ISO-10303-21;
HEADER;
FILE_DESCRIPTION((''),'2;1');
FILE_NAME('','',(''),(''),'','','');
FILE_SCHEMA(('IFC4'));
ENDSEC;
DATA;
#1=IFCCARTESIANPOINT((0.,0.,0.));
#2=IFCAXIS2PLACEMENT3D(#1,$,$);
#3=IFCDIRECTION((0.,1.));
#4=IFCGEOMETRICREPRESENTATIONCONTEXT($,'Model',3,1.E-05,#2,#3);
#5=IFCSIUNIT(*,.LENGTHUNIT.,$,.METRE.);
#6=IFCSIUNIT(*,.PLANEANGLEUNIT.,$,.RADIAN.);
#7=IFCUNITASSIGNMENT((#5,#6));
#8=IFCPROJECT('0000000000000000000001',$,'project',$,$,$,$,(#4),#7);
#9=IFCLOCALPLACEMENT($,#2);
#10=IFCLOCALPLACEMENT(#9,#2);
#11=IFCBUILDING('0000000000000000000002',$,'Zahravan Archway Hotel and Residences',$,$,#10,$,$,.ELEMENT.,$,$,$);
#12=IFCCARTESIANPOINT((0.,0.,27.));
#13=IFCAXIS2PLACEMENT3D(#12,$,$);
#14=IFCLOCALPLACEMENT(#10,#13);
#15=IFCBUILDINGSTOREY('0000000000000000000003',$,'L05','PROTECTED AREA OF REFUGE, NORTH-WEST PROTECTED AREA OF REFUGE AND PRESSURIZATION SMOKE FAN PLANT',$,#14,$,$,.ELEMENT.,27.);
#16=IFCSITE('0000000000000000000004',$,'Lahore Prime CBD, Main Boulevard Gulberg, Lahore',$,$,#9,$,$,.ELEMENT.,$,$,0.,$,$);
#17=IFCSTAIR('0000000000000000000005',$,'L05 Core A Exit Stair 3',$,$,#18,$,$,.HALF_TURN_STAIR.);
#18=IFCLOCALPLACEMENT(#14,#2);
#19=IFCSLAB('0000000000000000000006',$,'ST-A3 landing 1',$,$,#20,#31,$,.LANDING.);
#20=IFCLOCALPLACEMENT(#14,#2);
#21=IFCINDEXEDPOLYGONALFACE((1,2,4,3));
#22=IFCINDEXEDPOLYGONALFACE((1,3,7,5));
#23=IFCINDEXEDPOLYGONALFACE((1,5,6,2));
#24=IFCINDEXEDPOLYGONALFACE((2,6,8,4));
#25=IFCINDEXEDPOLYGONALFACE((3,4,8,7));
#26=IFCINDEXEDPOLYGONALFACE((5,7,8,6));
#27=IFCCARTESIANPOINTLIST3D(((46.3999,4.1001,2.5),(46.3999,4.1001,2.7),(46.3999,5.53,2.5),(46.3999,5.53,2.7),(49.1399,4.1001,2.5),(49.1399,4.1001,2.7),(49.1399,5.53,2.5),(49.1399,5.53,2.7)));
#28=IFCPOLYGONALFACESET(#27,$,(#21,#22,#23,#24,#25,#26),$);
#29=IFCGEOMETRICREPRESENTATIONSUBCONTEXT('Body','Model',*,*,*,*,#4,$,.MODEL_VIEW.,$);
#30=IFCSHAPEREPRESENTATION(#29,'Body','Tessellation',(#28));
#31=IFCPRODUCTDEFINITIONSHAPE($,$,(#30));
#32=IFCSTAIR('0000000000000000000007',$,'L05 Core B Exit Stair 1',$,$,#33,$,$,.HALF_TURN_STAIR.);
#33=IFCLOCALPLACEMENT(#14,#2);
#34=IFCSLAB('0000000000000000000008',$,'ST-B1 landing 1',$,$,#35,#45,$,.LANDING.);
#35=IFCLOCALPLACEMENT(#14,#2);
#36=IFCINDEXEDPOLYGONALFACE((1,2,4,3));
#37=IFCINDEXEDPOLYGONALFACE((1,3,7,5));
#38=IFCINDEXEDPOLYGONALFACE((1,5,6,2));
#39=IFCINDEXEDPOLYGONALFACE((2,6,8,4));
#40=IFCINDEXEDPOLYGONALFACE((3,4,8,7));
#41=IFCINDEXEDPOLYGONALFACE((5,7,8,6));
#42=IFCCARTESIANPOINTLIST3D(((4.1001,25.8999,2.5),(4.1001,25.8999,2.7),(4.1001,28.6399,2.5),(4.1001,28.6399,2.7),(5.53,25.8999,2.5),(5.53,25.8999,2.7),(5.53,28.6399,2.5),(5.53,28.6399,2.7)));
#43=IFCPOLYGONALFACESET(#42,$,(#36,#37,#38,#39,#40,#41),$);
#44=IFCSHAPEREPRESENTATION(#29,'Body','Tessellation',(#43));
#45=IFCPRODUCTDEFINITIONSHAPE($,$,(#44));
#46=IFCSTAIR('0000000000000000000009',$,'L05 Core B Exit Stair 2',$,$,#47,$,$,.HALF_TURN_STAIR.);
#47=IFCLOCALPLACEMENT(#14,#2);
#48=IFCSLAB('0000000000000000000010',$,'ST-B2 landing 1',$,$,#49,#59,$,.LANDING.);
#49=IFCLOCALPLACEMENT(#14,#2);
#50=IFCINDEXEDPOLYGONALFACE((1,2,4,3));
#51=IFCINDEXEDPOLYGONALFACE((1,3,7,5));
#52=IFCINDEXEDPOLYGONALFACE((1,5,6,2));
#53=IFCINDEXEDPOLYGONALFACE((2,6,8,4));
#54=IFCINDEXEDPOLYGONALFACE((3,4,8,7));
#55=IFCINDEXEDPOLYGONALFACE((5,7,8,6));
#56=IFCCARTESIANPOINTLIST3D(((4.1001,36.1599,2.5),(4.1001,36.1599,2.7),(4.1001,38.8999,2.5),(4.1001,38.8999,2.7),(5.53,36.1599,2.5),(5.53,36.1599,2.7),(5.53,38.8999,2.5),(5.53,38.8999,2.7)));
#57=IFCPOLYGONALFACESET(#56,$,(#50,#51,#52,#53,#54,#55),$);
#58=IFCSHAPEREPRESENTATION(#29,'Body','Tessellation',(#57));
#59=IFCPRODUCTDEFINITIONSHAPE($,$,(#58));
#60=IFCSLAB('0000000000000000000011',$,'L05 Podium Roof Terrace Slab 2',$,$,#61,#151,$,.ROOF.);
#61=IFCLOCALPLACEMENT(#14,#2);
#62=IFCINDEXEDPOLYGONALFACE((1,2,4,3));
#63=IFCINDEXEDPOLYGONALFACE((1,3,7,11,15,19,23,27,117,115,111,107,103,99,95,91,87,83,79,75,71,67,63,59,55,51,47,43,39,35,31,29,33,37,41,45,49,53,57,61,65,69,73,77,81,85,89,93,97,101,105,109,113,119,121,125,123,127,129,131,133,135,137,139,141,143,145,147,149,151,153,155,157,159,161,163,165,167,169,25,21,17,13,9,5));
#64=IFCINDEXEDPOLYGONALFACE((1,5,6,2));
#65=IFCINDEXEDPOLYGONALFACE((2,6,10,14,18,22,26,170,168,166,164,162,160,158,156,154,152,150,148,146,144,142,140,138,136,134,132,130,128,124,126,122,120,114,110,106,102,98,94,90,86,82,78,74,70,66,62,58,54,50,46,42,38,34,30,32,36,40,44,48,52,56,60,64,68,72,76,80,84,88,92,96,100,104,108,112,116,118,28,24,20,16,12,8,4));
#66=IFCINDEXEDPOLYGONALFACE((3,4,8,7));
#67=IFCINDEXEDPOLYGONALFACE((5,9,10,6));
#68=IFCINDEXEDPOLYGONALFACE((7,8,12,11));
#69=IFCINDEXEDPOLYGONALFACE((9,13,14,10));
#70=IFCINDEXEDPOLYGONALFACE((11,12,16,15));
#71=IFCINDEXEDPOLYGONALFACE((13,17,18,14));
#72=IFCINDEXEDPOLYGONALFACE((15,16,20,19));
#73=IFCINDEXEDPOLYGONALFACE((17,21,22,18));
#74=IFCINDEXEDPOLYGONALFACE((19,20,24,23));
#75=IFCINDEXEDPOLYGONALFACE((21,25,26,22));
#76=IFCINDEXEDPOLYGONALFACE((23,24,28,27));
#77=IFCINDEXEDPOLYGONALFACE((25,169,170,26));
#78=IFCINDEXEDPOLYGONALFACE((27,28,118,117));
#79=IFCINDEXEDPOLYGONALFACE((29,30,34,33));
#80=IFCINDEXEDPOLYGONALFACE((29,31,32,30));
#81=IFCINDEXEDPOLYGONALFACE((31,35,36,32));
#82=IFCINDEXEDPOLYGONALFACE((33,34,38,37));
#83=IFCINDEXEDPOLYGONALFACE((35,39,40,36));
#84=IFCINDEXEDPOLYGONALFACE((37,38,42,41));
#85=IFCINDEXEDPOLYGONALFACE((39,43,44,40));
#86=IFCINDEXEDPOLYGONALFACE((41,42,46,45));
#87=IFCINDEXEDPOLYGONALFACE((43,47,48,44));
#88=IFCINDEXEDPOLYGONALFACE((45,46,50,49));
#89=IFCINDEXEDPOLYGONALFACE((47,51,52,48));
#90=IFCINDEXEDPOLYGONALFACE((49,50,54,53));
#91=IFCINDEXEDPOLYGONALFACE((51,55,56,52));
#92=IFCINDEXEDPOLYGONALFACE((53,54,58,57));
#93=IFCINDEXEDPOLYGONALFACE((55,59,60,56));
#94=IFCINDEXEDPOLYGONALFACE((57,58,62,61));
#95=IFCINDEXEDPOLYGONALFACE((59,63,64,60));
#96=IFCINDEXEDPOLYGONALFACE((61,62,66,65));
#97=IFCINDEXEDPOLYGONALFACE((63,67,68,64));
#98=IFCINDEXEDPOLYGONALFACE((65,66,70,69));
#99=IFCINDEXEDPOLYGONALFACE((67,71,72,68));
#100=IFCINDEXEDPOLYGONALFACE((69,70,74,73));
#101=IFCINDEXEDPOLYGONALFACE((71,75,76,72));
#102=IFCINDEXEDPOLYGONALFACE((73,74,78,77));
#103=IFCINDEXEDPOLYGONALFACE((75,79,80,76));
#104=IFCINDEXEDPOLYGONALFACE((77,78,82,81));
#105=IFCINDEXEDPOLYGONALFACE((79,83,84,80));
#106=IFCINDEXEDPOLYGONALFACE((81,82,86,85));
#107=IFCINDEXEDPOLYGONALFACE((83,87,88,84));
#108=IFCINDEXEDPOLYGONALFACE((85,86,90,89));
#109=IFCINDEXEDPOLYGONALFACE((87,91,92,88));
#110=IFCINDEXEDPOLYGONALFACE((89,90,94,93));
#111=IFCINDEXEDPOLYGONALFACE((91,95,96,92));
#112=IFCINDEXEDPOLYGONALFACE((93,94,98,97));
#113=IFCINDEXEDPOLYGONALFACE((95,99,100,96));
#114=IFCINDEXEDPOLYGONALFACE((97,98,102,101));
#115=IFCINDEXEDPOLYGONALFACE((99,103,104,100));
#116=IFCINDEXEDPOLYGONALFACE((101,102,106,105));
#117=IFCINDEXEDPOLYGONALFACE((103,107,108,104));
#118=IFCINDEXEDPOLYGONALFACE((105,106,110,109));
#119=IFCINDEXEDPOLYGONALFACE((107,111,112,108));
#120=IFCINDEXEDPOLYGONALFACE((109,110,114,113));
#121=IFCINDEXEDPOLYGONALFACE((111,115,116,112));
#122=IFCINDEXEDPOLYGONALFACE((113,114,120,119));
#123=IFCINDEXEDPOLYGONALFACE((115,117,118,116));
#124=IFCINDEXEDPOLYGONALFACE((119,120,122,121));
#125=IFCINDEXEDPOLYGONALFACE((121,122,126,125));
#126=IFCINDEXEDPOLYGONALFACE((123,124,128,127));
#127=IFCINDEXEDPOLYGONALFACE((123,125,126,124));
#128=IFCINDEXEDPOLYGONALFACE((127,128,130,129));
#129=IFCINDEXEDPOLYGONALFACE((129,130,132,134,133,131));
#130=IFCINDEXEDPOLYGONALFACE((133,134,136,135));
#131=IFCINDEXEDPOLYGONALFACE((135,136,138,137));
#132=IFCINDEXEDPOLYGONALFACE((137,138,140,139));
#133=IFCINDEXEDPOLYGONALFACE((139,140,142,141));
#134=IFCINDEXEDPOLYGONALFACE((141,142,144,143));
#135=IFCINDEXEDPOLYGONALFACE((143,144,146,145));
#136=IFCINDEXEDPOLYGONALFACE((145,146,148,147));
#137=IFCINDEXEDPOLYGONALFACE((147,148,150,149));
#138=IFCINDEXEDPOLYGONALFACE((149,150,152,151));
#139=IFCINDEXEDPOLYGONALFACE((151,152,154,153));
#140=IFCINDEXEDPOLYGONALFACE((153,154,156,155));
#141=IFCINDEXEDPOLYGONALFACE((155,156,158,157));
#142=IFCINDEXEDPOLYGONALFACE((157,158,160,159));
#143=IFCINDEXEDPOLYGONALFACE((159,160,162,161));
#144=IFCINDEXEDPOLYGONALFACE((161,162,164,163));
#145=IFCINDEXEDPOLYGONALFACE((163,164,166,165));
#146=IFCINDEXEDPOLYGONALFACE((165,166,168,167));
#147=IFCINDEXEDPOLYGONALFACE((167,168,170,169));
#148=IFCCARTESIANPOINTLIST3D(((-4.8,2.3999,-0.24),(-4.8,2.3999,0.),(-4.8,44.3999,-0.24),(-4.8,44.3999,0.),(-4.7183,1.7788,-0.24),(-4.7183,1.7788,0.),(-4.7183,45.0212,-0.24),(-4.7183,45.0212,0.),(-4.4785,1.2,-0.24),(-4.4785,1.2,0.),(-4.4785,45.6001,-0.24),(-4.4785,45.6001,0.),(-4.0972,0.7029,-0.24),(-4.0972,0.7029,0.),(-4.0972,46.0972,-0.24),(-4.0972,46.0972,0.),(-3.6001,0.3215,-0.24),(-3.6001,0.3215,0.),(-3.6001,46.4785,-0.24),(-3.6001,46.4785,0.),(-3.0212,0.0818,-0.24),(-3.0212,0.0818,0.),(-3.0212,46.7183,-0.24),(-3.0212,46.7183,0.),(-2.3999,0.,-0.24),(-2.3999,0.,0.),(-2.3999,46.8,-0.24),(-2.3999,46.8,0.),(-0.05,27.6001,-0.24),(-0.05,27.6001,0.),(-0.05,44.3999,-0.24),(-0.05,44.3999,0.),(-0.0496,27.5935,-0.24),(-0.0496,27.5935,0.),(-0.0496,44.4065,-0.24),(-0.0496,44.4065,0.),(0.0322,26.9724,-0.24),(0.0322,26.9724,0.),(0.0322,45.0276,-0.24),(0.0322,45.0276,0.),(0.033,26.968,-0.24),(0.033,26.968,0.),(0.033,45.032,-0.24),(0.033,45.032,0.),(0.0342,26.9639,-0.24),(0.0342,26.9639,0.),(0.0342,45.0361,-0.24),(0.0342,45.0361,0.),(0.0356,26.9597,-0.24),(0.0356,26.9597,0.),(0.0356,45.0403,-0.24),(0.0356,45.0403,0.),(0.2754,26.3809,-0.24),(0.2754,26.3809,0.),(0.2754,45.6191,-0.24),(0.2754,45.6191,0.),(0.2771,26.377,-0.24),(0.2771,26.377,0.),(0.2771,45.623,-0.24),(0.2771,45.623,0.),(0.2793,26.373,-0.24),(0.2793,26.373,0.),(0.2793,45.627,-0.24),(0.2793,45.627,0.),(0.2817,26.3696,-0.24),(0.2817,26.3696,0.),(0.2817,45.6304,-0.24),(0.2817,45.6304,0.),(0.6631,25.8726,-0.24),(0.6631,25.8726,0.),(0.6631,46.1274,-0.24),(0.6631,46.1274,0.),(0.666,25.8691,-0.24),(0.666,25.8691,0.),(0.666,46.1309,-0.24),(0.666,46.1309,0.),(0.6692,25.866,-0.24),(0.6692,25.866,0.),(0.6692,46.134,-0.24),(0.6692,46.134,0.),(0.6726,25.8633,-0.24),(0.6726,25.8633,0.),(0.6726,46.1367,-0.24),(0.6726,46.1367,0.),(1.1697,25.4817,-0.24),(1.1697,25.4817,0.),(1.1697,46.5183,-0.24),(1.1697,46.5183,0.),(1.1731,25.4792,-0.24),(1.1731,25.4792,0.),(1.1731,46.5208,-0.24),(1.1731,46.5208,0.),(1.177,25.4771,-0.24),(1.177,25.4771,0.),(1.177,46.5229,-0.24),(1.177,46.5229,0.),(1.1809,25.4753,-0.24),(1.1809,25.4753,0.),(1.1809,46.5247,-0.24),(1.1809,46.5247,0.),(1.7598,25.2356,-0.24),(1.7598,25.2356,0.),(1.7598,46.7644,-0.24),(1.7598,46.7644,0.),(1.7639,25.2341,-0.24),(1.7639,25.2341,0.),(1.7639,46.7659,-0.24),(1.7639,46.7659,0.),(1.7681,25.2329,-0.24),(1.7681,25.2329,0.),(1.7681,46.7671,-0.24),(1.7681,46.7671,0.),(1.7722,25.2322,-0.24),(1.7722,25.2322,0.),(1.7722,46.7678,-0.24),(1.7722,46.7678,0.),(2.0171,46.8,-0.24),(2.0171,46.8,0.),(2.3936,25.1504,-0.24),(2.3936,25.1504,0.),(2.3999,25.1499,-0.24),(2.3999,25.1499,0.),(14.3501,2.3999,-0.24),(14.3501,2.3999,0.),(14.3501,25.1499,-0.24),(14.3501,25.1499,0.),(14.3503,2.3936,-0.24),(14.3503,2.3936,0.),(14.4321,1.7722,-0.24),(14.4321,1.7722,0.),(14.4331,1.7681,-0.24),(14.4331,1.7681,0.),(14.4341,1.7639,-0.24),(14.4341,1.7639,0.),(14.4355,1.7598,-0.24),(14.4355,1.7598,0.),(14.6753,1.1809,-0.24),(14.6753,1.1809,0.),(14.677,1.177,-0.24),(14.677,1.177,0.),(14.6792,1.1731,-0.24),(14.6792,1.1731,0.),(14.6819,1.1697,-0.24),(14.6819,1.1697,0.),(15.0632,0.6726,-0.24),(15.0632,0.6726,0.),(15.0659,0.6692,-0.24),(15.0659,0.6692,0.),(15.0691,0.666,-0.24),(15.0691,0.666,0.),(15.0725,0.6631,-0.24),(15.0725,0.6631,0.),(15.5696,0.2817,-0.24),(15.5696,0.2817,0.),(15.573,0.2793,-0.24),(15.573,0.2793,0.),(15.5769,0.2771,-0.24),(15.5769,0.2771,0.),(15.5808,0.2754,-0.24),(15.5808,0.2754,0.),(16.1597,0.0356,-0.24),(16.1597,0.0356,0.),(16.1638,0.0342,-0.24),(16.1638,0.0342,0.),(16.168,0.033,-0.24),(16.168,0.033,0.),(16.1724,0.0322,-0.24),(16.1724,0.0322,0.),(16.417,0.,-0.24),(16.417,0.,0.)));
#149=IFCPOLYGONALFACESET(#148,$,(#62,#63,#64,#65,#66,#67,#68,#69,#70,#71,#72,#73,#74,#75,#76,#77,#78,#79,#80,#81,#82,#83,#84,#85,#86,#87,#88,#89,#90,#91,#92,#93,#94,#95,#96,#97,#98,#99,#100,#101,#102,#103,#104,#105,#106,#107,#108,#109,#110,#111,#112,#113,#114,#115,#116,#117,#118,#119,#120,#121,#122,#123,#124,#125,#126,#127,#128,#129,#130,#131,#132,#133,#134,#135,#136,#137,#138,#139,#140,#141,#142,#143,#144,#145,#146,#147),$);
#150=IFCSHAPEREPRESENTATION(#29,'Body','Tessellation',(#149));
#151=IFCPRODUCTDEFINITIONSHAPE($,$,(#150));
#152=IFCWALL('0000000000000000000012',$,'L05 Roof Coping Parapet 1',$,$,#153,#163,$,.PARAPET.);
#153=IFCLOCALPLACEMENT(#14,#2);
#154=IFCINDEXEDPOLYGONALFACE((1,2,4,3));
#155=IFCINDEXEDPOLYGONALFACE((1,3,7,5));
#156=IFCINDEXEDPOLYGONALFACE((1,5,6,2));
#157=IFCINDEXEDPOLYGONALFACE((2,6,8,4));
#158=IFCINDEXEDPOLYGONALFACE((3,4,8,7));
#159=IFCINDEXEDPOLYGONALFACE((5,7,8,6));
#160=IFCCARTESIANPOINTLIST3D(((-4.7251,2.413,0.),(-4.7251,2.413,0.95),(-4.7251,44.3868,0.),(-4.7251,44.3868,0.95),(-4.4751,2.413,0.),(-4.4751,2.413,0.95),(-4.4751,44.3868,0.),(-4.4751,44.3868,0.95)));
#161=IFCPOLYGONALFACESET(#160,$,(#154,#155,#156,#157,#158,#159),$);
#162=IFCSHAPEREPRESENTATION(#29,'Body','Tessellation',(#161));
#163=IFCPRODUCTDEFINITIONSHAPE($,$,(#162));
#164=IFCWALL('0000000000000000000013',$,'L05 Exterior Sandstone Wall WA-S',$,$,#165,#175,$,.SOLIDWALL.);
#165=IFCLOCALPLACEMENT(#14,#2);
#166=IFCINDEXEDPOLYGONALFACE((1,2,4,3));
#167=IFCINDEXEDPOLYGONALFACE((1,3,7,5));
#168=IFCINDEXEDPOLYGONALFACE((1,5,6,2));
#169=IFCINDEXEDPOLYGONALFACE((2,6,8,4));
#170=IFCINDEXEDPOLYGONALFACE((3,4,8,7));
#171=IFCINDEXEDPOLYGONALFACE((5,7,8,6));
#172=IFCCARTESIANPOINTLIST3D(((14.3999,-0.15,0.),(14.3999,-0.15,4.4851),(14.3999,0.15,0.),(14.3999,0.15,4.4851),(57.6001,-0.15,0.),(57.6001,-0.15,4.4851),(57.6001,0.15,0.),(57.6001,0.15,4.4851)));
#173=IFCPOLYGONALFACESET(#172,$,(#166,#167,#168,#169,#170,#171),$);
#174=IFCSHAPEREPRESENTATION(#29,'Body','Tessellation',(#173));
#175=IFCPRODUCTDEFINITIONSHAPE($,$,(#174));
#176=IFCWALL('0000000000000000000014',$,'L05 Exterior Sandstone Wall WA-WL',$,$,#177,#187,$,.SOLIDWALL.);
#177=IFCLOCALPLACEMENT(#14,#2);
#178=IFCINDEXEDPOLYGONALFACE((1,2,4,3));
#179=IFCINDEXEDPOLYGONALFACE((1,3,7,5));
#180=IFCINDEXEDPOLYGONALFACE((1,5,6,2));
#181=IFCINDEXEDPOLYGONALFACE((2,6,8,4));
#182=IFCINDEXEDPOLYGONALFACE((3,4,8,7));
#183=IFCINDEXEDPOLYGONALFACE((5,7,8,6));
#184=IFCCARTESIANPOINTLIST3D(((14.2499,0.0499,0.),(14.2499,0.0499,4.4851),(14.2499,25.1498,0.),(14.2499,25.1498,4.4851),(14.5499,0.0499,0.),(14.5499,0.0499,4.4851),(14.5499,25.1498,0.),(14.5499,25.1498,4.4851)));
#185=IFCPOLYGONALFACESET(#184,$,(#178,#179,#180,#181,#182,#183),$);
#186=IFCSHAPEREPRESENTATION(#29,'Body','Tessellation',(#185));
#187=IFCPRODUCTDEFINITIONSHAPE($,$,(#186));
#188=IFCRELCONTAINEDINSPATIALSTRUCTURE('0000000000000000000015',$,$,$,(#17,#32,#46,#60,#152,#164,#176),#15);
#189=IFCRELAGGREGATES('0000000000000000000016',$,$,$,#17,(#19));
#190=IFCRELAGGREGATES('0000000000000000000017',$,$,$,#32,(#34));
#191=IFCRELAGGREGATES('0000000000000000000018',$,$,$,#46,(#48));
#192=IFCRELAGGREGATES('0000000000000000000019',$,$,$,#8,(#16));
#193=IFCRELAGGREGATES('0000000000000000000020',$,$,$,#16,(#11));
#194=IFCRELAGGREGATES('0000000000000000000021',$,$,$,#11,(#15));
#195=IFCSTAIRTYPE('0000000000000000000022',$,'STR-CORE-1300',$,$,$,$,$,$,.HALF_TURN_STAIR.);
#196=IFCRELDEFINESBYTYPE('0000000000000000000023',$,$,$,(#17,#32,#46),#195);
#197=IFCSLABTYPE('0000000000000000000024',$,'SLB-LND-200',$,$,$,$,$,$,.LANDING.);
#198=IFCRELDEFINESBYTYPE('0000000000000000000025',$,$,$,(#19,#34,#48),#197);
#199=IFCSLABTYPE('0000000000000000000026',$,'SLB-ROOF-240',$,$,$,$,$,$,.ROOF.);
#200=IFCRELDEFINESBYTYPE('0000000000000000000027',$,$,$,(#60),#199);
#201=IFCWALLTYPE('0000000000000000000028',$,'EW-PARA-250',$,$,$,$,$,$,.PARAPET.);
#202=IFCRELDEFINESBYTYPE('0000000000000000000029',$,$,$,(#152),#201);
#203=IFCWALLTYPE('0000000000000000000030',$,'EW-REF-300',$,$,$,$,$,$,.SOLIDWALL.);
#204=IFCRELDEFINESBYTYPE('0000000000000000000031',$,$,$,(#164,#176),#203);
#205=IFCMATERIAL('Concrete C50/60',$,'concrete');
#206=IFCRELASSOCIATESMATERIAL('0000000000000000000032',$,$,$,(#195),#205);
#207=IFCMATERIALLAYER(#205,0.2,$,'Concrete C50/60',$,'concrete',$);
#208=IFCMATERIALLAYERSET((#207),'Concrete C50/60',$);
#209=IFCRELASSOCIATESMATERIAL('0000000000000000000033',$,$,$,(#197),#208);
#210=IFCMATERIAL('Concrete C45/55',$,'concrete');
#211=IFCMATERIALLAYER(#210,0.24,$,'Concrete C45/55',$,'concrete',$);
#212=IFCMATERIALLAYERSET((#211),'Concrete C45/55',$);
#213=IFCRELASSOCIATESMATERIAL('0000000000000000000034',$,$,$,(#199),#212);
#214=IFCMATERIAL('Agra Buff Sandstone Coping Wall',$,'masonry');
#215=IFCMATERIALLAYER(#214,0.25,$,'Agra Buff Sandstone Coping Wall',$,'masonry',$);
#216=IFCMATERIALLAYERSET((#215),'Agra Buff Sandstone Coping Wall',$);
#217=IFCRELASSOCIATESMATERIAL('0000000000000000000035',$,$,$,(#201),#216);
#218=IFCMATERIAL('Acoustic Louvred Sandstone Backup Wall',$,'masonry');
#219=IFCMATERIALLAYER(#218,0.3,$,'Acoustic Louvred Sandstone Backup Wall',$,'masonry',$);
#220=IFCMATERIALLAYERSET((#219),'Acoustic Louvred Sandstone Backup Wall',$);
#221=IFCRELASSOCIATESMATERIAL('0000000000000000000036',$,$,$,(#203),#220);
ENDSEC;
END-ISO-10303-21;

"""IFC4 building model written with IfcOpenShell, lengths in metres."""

from ifc_helpers import new_model, si_unit, direction, frame, frame_2d, origin, place, context, subcontext, project, spatial, polyline, rectangle, outline, extrude, material, layer, layer_set, type_object, element, aggregate, save


model = new_model("IFC4")

# Units and contexts
model_context = context("Model", 3, precision=1e-05, world=origin(), true_north=direction((0.0, 1.0)))
body_context = subcontext(model_context, "Body", "Model", "MODEL_VIEW")
ifc_project = project(units=[si_unit("LENGTHUNIT", "METRE"), si_unit("PLANEANGLEUNIT", "RADIAN")], contexts=[model_context])

# Site, building, storey
site_placement = place(None, origin())
site = spatial("IfcSite", under=ifc_project, at=site_placement, Name="Lahore Prime CBD, Main Boulevard Gulberg, Lahore", CompositionType="ELEMENT", RefElevation=0.0)
building_placement = place(site_placement, origin())
building = spatial("IfcBuilding", under=site, at=building_placement, Name="Zahravan Archway Hotel and Residences", CompositionType="ELEMENT")
storey_placement = place(building_placement, frame((0.0, 0.0, 27.0)))
storey = spatial("IfcBuildingStorey", under=building, at=storey_placement, Name="L05", Description="PROTECTED AREA OF REFUGE, NORTH-WEST PROTECTED AREA OF REFUGE AND PRESSURIZATION SMOKE FAN PLANT", CompositionType="ELEMENT", Elevation=27.0)

# Shared definitions
ifc_material_1 = material(Name="Concrete C50/60", Category="concrete")

# Stairs, slabs
stair_type = type_object("IfcStairType", Name="STR-CORE-1300", PredefinedType="HALF_TURN_STAIR", material=ifc_material_1)
ifc_layer_1 = layer(ifc_material_1, 0.2, Name="Concrete C50/60", Category="concrete")
ifc_layer_set_1 = layer_set([ifc_layer_1], Name="Concrete C50/60")
slab_type_1 = type_object("IfcSlabType", Name="SLB-LND-200", PredefinedType="LANDING", material=ifc_layer_set_1)
stair_1_placement = place(storey_placement, origin())
stair_1 = element("IfcStair", 1, at=stair_1_placement, inside=storey, type_object=stair_type, Name="L05 Core A Exit Stair 3", PredefinedType="HALF_TURN_STAIR")
slab_1_placement = place(storey_placement, frame((0.0, 0.0, 2.5)))
slab_1 = element("IfcSlab", 2, at=slab_1_placement, type_object=slab_type_1, Name="ST-A3 landing 1", PredefinedType="LANDING", context=body_context, shape_type="SweptSolid", body=[
    extrude(outline(polyline([(46.3999, 5.53), (46.3999, 4.1001), (49.1399, 4.1001), (49.1399, 5.53), (46.3999, 5.53)])), origin(), (0.0, 0.0, 1.0), 0.2),
])
aggregate(stair_1, [slab_1])
stair_2_placement = place(storey_placement, origin())
stair_2 = element("IfcStair", 3, at=stair_2_placement, inside=storey, type_object=stair_type, Name="L05 Core B Exit Stair 1", PredefinedType="HALF_TURN_STAIR")
slab_2_placement = place(storey_placement, frame((0.0, 0.0, 2.5)))
slab_2 = element("IfcSlab", 4, at=slab_2_placement, type_object=slab_type_1, Name="ST-B1 landing 1", PredefinedType="LANDING", context=body_context, shape_type="SweptSolid", body=[
    extrude(outline(polyline([(5.53, 28.6399), (4.1001, 28.6399), (4.1001, 25.8999), (5.53, 25.8999), (5.53, 28.6399)])), origin(), (0.0, 0.0, 1.0), 0.2),
])
aggregate(stair_2, [slab_2])
stair_3_placement = place(storey_placement, origin())
stair_3 = element("IfcStair", 5, at=stair_3_placement, inside=storey, type_object=stair_type, Name="L05 Core B Exit Stair 2", PredefinedType="HALF_TURN_STAIR")
slab_3_placement = place(storey_placement, frame((0.0, 0.0, 2.5)))
slab_3 = element("IfcSlab", 6, at=slab_3_placement, type_object=slab_type_1, Name="ST-B2 landing 1", PredefinedType="LANDING", context=body_context, shape_type="SweptSolid", body=[
    extrude(outline(polyline([(5.53, 38.8999), (4.1001, 38.8999), (4.1001, 36.1599), (5.53, 36.1599), (5.53, 38.8999)])), origin(), (0.0, 0.0, 1.0), 0.2),
])
aggregate(stair_3, [slab_3])

# Shared definitions
ifc_material_2 = material(Name="Concrete C45/55", Category="concrete")
ifc_layer_2 = layer(ifc_material_2, 0.24, Name="Concrete C45/55", Category="concrete")
ifc_layer_set_2 = layer_set([ifc_layer_2], Name="Concrete C45/55")
slab_type_2 = type_object("IfcSlabType", Name="SLB-ROOF-240", PredefinedType="ROOF", material=ifc_layer_set_2)

# Slab
slab_4_placement = place(storey_placement, frame((0.0, 0.0, -0.24)))
element("IfcSlab", 7, at=slab_4_placement, inside=storey, type_object=slab_type_2, Name="L05 Podium Roof Terrace Slab 2", PredefinedType="ROOF", context=body_context, shape_type="SweptSolid", body=[
    extrude(outline(polyline([(-2.3999, 0.0), (-3.0212, 0.0818), (-3.6001, 0.3215), (-4.0972, 0.7029), (-4.4785, 1.2), (-4.7183, 1.7788), (-4.8, 2.3999), (-4.8, 44.3999), (-4.7183, 45.0212), (-4.4785, 45.6001), (-4.0972, 46.0972), (-3.6001, 46.4785), (-3.0212, 46.7183), (-2.3999, 46.8), (2.0171, 46.8), (1.7722, 46.7678), (1.7681, 46.7671), (1.7639, 46.7659), (1.7598, 46.7644), (1.1809, 46.5247), (1.177, 46.5229), (1.1731, 46.5208), (1.1697, 46.5183), (0.6726, 46.1367), (0.6692, 46.134), (0.666, 46.1309), (0.6631, 46.1274), (0.2817, 45.6304), (0.2793, 45.627), (0.2771, 45.623), (0.2754, 45.6191), (0.0356, 45.0403), (0.0342, 45.0361), (0.033, 45.032), (0.0322, 45.0276), (-0.0496, 44.4065), (-0.05, 44.3999), (-0.05, 27.6001), (-0.0496, 27.5935), (0.0322, 26.9724), (0.033, 26.968), (0.0342, 26.9639), (0.0356, 26.9597), (0.2754, 26.3809), (0.2771, 26.377), (0.2793, 26.373), (0.2817, 26.3696), (0.6631, 25.8726), (0.666, 25.8691), (0.6692, 25.866), (0.6726, 25.8633), (1.1697, 25.4817), (1.1731, 25.4792), (1.177, 25.4771), (1.1809, 25.4753), (1.7598, 25.2356), (1.7639, 25.2341), (1.7681, 25.2329), (1.7722, 25.2322), (2.3936, 25.1504), (2.3999, 25.1499), (14.3501, 25.1499), (14.3501, 2.3999), (14.3503, 2.3936), (14.4321, 1.7722), (14.4331, 1.7681), (14.4341, 1.7639), (14.4355, 1.7598), (14.6753, 1.1809), (14.677, 1.177), (14.6792, 1.1731), (14.6819, 1.1697), (15.0632, 0.6726), (15.0659, 0.6692), (15.0691, 0.666), (15.0725, 0.6631), (15.5696, 0.2817), (15.573, 0.2793), (15.5769, 0.2771), (15.5808, 0.2754), (16.1597, 0.0356), (16.1638, 0.0342), (16.168, 0.033), (16.1724, 0.0322), (16.417, 0.0), (-2.3999, 0.0)])), origin(), (0.0, 0.0, 1.0), 0.24),
])

# Walls
ifc_material_3 = material(Name="Agra Buff Sandstone Coping Wall", Category="masonry")
ifc_layer_3 = layer(ifc_material_3, 0.25, Name="Agra Buff Sandstone Coping Wall", Category="masonry")
ifc_layer_set_3 = layer_set([ifc_layer_3], Name="Agra Buff Sandstone Coping Wall")
wall_type_1 = type_object("IfcWallType", Name="EW-PARA-250", PredefinedType="PARAPET", material=ifc_layer_set_3)
wall_1_placement = place(storey_placement, frame((-4.6001, 2.4131, 0.0), z_axis=(0.0, 0.0, 1.0), x_axis=(0.0, 1.0, 0.0)))
element("IfcWall", 8, at=wall_1_placement, inside=storey, type_object=wall_type_1, Name="L05 Roof Coping Parapet 1", PredefinedType="PARAPET", context=body_context, shape_type="SweptSolid", body=[
    extrude(rectangle(XDim=41.9739, YDim=0.25, at=frame_2d((20.9868, 0.0))), origin(), (0.0, 0.0, 1.0), 0.95),
])
ifc_material_4 = material(Name="Acoustic Louvred Sandstone Backup Wall", Category="masonry")
ifc_layer_4 = layer(ifc_material_4, 0.3, Name="Acoustic Louvred Sandstone Backup Wall", Category="masonry")
ifc_layer_set_4 = layer_set([ifc_layer_4], Name="Acoustic Louvred Sandstone Backup Wall")
wall_type_2 = type_object("IfcWallType", Name="EW-REF-300", PredefinedType="SOLIDWALL", material=ifc_layer_set_4)
wall_2_placement = place(storey_placement, frame((14.3999, 0.0, 0.0), z_axis=(0.0, 0.0, 1.0), x_axis=(1.0, 0.0, 0.0)))
element("IfcWall", 9, at=wall_2_placement, inside=storey, type_object=wall_type_2, Name="L05 Exterior Sandstone Wall WA-S", PredefinedType="SOLIDWALL", context=body_context, shape_type="SweptSolid", body=[
    extrude(rectangle(XDim=43.2002, YDim=0.3, at=frame_2d((21.6001, 0.0))), origin(), (0.0, 0.0, 1.0), 4.4851),
])
wall_3_placement = place(storey_placement, frame((14.3999, 0.05, 0.0), z_axis=(0.0, 0.0, 1.0), x_axis=(0.0, 1.0, 0.0)))
element("IfcWall", 10, at=wall_3_placement, inside=storey, type_object=wall_type_2, Name="L05 Exterior Sandstone Wall WA-WL", PredefinedType="SOLIDWALL", context=body_context, shape_type="SweptSolid", body=[
    extrude(rectangle(XDim=25.0999, YDim=0.3, at=frame_2d((12.5498, 0.0))), origin(), (0.0, 0.0, 1.0), 4.4851),
])

save(model, "model.ifc")
